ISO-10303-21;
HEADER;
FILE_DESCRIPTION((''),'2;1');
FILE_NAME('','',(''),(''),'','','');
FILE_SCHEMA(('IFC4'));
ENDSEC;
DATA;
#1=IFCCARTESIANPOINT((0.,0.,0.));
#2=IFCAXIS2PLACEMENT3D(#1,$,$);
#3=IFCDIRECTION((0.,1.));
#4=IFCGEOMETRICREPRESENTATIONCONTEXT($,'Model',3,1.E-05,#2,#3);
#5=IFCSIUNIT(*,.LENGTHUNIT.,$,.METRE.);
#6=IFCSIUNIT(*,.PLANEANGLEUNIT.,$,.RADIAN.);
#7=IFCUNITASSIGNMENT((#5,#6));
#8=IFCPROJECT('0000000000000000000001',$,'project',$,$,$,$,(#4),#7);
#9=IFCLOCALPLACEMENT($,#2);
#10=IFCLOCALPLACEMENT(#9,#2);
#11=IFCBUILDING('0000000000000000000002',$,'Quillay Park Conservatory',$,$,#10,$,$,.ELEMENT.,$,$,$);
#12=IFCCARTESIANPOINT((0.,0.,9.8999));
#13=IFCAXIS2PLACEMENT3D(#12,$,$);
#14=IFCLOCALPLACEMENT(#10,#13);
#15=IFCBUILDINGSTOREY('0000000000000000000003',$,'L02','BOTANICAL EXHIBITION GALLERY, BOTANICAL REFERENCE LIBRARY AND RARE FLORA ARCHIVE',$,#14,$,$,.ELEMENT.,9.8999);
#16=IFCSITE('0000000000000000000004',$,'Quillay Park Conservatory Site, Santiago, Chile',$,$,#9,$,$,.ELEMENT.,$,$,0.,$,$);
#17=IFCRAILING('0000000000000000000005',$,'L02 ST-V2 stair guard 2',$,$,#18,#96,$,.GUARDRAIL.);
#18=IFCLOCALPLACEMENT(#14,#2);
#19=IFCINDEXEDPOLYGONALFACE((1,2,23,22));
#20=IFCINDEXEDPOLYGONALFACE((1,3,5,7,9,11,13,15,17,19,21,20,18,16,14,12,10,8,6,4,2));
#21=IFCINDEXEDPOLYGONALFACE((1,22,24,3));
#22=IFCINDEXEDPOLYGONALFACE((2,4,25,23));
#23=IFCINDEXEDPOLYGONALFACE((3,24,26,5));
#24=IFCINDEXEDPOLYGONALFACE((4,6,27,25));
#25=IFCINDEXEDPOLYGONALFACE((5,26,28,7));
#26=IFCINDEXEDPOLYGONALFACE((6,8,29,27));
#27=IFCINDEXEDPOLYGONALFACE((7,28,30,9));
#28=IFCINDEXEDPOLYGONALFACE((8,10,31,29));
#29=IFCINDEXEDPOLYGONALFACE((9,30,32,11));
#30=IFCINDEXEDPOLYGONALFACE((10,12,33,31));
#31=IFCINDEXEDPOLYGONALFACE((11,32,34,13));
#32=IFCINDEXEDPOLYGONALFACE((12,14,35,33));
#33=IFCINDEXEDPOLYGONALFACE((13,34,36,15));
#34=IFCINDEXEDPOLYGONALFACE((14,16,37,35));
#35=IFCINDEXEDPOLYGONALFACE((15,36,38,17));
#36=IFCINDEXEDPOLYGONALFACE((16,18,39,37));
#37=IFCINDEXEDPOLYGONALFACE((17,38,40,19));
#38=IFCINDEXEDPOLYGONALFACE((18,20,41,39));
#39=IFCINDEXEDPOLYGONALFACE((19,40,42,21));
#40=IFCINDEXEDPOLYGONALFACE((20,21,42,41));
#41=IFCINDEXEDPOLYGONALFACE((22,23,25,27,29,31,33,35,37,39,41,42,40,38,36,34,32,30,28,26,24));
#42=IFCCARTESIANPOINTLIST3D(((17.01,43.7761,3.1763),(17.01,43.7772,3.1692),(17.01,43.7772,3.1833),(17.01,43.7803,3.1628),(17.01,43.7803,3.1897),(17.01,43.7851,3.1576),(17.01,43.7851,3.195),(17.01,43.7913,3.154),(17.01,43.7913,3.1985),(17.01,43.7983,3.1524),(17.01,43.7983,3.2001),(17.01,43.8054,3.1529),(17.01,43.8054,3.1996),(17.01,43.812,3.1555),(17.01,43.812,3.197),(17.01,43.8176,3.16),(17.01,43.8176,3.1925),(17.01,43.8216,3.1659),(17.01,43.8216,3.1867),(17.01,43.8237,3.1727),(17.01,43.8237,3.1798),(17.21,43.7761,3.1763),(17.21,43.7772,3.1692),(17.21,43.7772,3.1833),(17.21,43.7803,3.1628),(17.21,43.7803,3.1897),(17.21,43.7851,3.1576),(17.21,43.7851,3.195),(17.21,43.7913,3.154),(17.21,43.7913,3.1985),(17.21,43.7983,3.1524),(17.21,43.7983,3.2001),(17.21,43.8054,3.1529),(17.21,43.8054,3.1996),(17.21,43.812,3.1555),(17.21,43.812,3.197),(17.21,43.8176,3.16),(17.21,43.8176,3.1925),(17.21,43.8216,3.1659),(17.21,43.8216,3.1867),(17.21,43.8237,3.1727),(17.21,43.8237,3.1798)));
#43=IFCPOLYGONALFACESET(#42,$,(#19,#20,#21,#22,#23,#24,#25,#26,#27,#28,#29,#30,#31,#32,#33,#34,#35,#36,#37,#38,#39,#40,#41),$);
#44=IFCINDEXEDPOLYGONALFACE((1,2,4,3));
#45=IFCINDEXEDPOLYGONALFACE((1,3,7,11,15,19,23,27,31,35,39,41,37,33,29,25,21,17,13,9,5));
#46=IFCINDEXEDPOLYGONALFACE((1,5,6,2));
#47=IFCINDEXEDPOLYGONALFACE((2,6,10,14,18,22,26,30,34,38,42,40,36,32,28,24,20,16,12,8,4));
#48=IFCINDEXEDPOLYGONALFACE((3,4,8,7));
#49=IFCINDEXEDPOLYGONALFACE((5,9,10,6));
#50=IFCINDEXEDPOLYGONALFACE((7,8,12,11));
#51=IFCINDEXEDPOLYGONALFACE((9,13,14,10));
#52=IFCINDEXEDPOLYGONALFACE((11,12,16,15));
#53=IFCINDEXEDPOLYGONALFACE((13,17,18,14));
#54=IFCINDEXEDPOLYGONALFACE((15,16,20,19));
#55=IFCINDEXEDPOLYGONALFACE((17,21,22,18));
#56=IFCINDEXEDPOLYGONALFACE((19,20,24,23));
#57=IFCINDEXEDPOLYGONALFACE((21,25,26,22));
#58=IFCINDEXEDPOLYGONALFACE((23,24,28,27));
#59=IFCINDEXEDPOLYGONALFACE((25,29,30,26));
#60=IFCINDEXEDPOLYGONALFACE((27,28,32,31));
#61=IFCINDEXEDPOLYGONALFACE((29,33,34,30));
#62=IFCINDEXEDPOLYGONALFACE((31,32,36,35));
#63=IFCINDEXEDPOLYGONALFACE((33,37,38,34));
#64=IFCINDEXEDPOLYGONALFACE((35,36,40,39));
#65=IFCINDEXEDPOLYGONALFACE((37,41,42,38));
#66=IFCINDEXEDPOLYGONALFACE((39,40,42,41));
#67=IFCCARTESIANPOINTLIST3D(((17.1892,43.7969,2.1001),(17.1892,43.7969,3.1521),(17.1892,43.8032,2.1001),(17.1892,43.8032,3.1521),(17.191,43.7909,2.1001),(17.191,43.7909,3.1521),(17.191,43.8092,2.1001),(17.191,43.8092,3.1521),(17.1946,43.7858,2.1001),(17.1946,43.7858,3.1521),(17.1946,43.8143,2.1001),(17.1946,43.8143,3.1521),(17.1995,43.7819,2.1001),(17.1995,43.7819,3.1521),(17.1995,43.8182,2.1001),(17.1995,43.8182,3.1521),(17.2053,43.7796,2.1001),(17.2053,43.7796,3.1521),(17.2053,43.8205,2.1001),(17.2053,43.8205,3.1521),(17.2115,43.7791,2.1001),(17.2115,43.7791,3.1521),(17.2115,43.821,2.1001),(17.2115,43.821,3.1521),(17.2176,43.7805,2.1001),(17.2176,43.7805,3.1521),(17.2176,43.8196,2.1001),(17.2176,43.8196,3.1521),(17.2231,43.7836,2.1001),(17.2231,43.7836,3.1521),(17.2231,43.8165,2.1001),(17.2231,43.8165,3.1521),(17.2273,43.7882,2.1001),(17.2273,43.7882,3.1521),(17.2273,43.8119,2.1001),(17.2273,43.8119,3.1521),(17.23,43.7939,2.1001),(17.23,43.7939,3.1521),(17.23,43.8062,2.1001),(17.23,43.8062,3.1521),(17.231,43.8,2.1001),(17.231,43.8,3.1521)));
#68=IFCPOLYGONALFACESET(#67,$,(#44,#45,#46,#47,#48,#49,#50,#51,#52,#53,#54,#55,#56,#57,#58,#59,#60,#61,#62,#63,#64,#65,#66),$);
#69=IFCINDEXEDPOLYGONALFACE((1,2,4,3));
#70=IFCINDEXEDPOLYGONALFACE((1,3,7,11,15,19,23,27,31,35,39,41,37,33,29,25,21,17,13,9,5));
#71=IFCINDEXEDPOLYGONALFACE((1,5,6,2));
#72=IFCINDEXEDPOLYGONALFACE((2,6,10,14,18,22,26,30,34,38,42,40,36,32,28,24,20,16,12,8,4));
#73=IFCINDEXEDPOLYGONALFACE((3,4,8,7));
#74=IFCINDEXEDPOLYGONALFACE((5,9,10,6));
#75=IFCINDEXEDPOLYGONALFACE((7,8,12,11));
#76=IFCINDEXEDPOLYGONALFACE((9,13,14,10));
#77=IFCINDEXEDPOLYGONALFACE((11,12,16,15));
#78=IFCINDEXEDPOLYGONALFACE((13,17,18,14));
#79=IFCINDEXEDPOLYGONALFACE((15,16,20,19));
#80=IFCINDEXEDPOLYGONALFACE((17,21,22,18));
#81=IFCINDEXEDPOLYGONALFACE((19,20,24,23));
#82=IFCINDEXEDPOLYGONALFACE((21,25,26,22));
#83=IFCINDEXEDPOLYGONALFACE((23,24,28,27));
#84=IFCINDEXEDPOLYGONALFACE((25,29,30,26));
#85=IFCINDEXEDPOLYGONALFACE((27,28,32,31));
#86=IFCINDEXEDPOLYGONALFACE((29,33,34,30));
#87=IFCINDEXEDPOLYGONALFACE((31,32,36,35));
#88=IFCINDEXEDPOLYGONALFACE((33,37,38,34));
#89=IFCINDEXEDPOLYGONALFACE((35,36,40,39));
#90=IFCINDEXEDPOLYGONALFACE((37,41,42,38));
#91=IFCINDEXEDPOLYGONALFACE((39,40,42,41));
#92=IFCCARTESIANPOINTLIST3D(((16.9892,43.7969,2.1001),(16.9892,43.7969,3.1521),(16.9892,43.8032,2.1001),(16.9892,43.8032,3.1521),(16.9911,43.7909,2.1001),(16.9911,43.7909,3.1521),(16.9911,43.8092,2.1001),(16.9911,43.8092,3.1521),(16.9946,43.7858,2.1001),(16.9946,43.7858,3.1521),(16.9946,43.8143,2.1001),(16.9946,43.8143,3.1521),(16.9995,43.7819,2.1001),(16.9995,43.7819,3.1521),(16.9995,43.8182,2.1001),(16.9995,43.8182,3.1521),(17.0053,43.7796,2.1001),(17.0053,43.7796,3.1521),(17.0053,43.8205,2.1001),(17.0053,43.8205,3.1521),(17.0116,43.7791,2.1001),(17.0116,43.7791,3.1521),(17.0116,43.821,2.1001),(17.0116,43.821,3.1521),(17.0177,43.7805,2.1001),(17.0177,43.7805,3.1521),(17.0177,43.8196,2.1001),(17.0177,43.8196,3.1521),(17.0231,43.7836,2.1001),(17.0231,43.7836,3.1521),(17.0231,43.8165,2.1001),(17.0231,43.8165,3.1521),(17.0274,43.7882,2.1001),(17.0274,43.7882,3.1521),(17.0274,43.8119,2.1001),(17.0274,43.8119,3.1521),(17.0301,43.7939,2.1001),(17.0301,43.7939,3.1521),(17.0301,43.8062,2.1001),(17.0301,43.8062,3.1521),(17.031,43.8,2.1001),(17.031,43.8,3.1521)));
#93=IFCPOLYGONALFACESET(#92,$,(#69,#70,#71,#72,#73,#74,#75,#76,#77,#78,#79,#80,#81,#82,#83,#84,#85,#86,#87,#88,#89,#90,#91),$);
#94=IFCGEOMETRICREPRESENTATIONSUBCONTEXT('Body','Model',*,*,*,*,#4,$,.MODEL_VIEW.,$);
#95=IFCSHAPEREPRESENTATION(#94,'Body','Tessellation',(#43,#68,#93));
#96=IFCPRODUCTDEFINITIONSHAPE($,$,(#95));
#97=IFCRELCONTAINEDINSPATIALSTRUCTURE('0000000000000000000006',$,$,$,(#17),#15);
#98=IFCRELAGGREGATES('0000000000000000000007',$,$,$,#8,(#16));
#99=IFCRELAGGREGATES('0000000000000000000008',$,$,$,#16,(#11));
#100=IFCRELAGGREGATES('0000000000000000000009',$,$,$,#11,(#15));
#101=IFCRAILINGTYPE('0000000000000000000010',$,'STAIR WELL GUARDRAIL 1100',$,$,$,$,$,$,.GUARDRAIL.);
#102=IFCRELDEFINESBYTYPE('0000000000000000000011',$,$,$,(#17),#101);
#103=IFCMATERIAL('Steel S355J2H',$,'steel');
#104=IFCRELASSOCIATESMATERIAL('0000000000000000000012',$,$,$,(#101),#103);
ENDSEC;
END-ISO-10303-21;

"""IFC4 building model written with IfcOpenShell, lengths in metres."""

from ifc_helpers import new_model, si_unit, direction, frame, origin, origin_2d, place, context, subcontext, project, spatial, circle, extrude, material, type_object, element, save


model = new_model("IFC4")

# Units and contexts
model_context = context("Model", 3, precision=1e-05, world=origin(), true_north=direction((0.0, 1.0)))
body_context = subcontext(model_context, "Body", "Model", "MODEL_VIEW")
ifc_project = project(units=[si_unit("LENGTHUNIT", "METRE"), si_unit("PLANEANGLEUNIT", "RADIAN")], contexts=[model_context])

# Site, building, storey
site_placement = place(None, origin())
site = spatial("IfcSite", under=ifc_project, at=site_placement, Name="Quillay Park Conservatory Site, Santiago, Chile", CompositionType="ELEMENT", RefElevation=0.0)
building_placement = place(site_placement, origin())
building = spatial("IfcBuilding", under=site, at=building_placement, Name="Quillay Park Conservatory", CompositionType="ELEMENT")
storey_placement = place(building_placement, frame((0.0, 0.0, 9.8999)))
storey = spatial("IfcBuildingStorey", under=building, at=storey_placement, Name="L02", Description="BOTANICAL EXHIBITION GALLERY, BOTANICAL REFERENCE LIBRARY AND RARE FLORA ARCHIVE", CompositionType="ELEMENT", Elevation=9.8999)

# Railing
ifc_material_1 = material(Name="Steel S355J2H", Category="steel")
railing_type_1 = type_object("IfcRailingType", Name="STAIR WELL GUARDRAIL 1100", PredefinedType="GUARDRAIL", material=ifc_material_1)
railing_1_placement = place(storey_placement, frame((17.21, 43.8, 2.1001)))
element("IfcRailing", 1, at=railing_1_placement, inside=storey, type_object=railing_type_1, Name="L02 ST-V2 stair guard 2", PredefinedType="GUARDRAIL", context=body_context, shape_type="SweptSolid", body=[
    extrude(circle(Radius=0.0239, at=origin_2d()), frame((0.0, 0.0, 1.0762), z_axis=(-1.0, 0.0, 0.0), x_axis=(0.0, -1.0, 0.0)), (0.0, 0.0, 1.0), 0.2),
    extrude(circle(Radius=0.021, at=origin_2d()), origin(), (0.0, 0.0, 1.0), 1.052),
    extrude(circle(Radius=0.021, at=origin_2d()), frame((-0.2, 0.0, 0.0)), (0.0, 0.0, 1.0), 1.052),
])

save(model, "model.ifc")
